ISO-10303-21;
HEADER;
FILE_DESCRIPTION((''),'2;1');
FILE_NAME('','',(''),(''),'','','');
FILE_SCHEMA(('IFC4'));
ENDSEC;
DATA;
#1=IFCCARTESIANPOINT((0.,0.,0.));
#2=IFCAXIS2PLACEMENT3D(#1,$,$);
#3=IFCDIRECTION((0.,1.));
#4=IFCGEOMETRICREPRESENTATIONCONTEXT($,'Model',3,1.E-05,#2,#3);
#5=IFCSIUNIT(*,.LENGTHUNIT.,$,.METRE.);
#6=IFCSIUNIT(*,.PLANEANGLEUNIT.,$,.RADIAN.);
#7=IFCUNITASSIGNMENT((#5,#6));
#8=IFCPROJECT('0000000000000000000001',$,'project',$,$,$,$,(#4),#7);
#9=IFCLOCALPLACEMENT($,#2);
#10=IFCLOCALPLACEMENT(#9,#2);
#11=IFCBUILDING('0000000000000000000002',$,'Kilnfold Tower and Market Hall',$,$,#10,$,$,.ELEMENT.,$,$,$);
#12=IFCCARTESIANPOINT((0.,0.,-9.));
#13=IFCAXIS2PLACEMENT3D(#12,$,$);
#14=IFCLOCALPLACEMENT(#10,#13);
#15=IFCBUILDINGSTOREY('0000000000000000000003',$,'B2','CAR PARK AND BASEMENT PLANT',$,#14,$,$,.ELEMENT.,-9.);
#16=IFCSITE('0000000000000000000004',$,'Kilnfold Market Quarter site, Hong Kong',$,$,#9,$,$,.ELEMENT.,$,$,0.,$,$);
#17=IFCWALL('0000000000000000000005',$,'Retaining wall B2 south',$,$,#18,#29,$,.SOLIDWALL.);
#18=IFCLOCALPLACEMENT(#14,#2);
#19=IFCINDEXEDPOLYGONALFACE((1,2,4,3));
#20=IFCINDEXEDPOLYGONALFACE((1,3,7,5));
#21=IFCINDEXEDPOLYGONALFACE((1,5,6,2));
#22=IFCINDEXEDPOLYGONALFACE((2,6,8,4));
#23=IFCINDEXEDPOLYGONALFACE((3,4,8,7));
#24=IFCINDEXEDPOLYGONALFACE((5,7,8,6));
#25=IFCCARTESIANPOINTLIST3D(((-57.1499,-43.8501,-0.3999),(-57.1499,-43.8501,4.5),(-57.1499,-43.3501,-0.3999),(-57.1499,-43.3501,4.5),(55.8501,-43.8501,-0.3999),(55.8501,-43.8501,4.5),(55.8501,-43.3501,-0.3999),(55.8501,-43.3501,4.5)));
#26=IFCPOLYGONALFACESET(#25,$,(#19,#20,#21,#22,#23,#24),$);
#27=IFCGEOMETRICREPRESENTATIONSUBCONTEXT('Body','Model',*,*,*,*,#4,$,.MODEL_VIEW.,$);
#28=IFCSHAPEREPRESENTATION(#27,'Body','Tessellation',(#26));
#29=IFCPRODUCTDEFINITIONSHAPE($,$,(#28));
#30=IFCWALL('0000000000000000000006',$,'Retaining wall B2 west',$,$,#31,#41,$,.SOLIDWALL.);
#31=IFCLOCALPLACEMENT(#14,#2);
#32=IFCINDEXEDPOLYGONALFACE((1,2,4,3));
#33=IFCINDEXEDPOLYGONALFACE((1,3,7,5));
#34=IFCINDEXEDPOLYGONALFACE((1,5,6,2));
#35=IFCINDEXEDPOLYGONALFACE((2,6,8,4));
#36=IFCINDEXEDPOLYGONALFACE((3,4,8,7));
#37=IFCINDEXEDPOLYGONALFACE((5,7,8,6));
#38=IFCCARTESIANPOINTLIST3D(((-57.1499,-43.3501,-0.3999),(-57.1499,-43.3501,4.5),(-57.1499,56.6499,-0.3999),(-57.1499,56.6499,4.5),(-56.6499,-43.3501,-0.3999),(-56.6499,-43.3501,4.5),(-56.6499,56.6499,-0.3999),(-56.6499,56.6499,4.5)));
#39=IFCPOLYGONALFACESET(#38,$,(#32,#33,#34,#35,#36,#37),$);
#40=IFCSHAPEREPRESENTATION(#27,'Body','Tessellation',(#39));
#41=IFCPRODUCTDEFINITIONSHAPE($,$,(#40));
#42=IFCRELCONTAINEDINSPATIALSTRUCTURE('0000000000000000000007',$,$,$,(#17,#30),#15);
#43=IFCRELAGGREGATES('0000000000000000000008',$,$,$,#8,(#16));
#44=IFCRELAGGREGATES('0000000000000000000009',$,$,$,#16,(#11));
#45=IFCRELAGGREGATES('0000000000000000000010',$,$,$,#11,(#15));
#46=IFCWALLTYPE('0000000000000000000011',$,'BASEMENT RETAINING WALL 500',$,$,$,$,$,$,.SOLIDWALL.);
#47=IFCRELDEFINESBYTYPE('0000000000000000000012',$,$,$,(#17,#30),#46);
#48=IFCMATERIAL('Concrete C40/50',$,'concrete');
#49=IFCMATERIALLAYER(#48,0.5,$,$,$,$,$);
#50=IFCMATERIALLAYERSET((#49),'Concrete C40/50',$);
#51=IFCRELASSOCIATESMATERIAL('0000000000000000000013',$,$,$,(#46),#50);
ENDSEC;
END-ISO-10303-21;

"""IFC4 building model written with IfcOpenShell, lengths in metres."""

from ifc_helpers import new_model, si_unit, direction, frame, frame_2d, origin, place, context, subcontext, project, spatial, rectangle, extrude, source, transform, mapped, material, layer, layer_set, type_object, element, save


model = new_model("IFC4")

# Units and contexts
model_context = context("Model", 3, precision=1e-05, world=origin(), true_north=direction((0.0, 1.0)))
body_context = subcontext(model_context, "Body", "Model", "MODEL_VIEW")
ifc_project = project(units=[si_unit("LENGTHUNIT", "METRE"), si_unit("PLANEANGLEUNIT", "RADIAN")], contexts=[model_context])

# Site, building, storey
site_placement = place(None, origin())
site = spatial("IfcSite", under=ifc_project, at=site_placement, Name="Kilnfold Market Quarter site, Hong Kong", CompositionType="ELEMENT", RefElevation=0.0)
building_placement = place(site_placement, origin())
building = spatial("IfcBuilding", under=site, at=building_placement, Name="Kilnfold Tower and Market Hall", CompositionType="ELEMENT")
storey_placement = place(building_placement, frame((0.0, 0.0, -9.0)))
storey = spatial("IfcBuildingStorey", under=building, at=storey_placement, Name="B2", Description="CAR PARK AND BASEMENT PLANT", CompositionType="ELEMENT", Elevation=-9.0)

# Walls
ifc_material_1 = material(Name="Concrete C40/50", Category="concrete")
ifc_layer = layer(ifc_material_1, 0.5)
ifc_layer_set = layer_set([ifc_layer], Name="Concrete C40/50")
wall_type = type_object("IfcWallType", Name="BASEMENT RETAINING WALL 500", PredefinedType="SOLIDWALL", material=ifc_layer_set)
shared_shape_1 = source(origin(), body_context, "Body", "SweptSolid", [
    extrude(rectangle(XDim=113.0, YDim=0.5, at=frame_2d((56.5, 0.0))), origin(), (0.0, 0.0, 1.0), 4.8999),
])
wall_1_placement = place(storey_placement, frame((-57.1499, -43.6001, -0.3999), z_axis=(0.0, 0.0, 1.0), x_axis=(1.0, 0.0, 0.0)))
element("IfcWall", 1, at=wall_1_placement, inside=storey, type_object=wall_type, Name="Retaining wall B2 south", PredefinedType="SOLIDWALL", context=body_context, shape_type="MappedRepresentation", body=[
    mapped(shared_shape_1, transform((0.0, 0.0, 0.0))),
])
shared_shape_2 = source(origin(), body_context, "Body", "SweptSolid", [
    extrude(rectangle(XDim=100.0, YDim=0.5, at=frame_2d((50.0, 0.0))), origin(), (0.0, 0.0, 1.0), 4.8999),
])
wall_2_placement = place(storey_placement, frame((-56.8999, -43.3501, -0.3999), z_axis=(0.0, 0.0, 1.0), x_axis=(0.0, 1.0, 0.0)))
element("IfcWall", 2, at=wall_2_placement, inside=storey, type_object=wall_type, Name="Retaining wall B2 west", PredefinedType="SOLIDWALL", context=body_context, shape_type="MappedRepresentation", body=[
    mapped(shared_shape_2, transform((0.0, 0.0, 0.0))),
])

save(model, "model.ifc")
